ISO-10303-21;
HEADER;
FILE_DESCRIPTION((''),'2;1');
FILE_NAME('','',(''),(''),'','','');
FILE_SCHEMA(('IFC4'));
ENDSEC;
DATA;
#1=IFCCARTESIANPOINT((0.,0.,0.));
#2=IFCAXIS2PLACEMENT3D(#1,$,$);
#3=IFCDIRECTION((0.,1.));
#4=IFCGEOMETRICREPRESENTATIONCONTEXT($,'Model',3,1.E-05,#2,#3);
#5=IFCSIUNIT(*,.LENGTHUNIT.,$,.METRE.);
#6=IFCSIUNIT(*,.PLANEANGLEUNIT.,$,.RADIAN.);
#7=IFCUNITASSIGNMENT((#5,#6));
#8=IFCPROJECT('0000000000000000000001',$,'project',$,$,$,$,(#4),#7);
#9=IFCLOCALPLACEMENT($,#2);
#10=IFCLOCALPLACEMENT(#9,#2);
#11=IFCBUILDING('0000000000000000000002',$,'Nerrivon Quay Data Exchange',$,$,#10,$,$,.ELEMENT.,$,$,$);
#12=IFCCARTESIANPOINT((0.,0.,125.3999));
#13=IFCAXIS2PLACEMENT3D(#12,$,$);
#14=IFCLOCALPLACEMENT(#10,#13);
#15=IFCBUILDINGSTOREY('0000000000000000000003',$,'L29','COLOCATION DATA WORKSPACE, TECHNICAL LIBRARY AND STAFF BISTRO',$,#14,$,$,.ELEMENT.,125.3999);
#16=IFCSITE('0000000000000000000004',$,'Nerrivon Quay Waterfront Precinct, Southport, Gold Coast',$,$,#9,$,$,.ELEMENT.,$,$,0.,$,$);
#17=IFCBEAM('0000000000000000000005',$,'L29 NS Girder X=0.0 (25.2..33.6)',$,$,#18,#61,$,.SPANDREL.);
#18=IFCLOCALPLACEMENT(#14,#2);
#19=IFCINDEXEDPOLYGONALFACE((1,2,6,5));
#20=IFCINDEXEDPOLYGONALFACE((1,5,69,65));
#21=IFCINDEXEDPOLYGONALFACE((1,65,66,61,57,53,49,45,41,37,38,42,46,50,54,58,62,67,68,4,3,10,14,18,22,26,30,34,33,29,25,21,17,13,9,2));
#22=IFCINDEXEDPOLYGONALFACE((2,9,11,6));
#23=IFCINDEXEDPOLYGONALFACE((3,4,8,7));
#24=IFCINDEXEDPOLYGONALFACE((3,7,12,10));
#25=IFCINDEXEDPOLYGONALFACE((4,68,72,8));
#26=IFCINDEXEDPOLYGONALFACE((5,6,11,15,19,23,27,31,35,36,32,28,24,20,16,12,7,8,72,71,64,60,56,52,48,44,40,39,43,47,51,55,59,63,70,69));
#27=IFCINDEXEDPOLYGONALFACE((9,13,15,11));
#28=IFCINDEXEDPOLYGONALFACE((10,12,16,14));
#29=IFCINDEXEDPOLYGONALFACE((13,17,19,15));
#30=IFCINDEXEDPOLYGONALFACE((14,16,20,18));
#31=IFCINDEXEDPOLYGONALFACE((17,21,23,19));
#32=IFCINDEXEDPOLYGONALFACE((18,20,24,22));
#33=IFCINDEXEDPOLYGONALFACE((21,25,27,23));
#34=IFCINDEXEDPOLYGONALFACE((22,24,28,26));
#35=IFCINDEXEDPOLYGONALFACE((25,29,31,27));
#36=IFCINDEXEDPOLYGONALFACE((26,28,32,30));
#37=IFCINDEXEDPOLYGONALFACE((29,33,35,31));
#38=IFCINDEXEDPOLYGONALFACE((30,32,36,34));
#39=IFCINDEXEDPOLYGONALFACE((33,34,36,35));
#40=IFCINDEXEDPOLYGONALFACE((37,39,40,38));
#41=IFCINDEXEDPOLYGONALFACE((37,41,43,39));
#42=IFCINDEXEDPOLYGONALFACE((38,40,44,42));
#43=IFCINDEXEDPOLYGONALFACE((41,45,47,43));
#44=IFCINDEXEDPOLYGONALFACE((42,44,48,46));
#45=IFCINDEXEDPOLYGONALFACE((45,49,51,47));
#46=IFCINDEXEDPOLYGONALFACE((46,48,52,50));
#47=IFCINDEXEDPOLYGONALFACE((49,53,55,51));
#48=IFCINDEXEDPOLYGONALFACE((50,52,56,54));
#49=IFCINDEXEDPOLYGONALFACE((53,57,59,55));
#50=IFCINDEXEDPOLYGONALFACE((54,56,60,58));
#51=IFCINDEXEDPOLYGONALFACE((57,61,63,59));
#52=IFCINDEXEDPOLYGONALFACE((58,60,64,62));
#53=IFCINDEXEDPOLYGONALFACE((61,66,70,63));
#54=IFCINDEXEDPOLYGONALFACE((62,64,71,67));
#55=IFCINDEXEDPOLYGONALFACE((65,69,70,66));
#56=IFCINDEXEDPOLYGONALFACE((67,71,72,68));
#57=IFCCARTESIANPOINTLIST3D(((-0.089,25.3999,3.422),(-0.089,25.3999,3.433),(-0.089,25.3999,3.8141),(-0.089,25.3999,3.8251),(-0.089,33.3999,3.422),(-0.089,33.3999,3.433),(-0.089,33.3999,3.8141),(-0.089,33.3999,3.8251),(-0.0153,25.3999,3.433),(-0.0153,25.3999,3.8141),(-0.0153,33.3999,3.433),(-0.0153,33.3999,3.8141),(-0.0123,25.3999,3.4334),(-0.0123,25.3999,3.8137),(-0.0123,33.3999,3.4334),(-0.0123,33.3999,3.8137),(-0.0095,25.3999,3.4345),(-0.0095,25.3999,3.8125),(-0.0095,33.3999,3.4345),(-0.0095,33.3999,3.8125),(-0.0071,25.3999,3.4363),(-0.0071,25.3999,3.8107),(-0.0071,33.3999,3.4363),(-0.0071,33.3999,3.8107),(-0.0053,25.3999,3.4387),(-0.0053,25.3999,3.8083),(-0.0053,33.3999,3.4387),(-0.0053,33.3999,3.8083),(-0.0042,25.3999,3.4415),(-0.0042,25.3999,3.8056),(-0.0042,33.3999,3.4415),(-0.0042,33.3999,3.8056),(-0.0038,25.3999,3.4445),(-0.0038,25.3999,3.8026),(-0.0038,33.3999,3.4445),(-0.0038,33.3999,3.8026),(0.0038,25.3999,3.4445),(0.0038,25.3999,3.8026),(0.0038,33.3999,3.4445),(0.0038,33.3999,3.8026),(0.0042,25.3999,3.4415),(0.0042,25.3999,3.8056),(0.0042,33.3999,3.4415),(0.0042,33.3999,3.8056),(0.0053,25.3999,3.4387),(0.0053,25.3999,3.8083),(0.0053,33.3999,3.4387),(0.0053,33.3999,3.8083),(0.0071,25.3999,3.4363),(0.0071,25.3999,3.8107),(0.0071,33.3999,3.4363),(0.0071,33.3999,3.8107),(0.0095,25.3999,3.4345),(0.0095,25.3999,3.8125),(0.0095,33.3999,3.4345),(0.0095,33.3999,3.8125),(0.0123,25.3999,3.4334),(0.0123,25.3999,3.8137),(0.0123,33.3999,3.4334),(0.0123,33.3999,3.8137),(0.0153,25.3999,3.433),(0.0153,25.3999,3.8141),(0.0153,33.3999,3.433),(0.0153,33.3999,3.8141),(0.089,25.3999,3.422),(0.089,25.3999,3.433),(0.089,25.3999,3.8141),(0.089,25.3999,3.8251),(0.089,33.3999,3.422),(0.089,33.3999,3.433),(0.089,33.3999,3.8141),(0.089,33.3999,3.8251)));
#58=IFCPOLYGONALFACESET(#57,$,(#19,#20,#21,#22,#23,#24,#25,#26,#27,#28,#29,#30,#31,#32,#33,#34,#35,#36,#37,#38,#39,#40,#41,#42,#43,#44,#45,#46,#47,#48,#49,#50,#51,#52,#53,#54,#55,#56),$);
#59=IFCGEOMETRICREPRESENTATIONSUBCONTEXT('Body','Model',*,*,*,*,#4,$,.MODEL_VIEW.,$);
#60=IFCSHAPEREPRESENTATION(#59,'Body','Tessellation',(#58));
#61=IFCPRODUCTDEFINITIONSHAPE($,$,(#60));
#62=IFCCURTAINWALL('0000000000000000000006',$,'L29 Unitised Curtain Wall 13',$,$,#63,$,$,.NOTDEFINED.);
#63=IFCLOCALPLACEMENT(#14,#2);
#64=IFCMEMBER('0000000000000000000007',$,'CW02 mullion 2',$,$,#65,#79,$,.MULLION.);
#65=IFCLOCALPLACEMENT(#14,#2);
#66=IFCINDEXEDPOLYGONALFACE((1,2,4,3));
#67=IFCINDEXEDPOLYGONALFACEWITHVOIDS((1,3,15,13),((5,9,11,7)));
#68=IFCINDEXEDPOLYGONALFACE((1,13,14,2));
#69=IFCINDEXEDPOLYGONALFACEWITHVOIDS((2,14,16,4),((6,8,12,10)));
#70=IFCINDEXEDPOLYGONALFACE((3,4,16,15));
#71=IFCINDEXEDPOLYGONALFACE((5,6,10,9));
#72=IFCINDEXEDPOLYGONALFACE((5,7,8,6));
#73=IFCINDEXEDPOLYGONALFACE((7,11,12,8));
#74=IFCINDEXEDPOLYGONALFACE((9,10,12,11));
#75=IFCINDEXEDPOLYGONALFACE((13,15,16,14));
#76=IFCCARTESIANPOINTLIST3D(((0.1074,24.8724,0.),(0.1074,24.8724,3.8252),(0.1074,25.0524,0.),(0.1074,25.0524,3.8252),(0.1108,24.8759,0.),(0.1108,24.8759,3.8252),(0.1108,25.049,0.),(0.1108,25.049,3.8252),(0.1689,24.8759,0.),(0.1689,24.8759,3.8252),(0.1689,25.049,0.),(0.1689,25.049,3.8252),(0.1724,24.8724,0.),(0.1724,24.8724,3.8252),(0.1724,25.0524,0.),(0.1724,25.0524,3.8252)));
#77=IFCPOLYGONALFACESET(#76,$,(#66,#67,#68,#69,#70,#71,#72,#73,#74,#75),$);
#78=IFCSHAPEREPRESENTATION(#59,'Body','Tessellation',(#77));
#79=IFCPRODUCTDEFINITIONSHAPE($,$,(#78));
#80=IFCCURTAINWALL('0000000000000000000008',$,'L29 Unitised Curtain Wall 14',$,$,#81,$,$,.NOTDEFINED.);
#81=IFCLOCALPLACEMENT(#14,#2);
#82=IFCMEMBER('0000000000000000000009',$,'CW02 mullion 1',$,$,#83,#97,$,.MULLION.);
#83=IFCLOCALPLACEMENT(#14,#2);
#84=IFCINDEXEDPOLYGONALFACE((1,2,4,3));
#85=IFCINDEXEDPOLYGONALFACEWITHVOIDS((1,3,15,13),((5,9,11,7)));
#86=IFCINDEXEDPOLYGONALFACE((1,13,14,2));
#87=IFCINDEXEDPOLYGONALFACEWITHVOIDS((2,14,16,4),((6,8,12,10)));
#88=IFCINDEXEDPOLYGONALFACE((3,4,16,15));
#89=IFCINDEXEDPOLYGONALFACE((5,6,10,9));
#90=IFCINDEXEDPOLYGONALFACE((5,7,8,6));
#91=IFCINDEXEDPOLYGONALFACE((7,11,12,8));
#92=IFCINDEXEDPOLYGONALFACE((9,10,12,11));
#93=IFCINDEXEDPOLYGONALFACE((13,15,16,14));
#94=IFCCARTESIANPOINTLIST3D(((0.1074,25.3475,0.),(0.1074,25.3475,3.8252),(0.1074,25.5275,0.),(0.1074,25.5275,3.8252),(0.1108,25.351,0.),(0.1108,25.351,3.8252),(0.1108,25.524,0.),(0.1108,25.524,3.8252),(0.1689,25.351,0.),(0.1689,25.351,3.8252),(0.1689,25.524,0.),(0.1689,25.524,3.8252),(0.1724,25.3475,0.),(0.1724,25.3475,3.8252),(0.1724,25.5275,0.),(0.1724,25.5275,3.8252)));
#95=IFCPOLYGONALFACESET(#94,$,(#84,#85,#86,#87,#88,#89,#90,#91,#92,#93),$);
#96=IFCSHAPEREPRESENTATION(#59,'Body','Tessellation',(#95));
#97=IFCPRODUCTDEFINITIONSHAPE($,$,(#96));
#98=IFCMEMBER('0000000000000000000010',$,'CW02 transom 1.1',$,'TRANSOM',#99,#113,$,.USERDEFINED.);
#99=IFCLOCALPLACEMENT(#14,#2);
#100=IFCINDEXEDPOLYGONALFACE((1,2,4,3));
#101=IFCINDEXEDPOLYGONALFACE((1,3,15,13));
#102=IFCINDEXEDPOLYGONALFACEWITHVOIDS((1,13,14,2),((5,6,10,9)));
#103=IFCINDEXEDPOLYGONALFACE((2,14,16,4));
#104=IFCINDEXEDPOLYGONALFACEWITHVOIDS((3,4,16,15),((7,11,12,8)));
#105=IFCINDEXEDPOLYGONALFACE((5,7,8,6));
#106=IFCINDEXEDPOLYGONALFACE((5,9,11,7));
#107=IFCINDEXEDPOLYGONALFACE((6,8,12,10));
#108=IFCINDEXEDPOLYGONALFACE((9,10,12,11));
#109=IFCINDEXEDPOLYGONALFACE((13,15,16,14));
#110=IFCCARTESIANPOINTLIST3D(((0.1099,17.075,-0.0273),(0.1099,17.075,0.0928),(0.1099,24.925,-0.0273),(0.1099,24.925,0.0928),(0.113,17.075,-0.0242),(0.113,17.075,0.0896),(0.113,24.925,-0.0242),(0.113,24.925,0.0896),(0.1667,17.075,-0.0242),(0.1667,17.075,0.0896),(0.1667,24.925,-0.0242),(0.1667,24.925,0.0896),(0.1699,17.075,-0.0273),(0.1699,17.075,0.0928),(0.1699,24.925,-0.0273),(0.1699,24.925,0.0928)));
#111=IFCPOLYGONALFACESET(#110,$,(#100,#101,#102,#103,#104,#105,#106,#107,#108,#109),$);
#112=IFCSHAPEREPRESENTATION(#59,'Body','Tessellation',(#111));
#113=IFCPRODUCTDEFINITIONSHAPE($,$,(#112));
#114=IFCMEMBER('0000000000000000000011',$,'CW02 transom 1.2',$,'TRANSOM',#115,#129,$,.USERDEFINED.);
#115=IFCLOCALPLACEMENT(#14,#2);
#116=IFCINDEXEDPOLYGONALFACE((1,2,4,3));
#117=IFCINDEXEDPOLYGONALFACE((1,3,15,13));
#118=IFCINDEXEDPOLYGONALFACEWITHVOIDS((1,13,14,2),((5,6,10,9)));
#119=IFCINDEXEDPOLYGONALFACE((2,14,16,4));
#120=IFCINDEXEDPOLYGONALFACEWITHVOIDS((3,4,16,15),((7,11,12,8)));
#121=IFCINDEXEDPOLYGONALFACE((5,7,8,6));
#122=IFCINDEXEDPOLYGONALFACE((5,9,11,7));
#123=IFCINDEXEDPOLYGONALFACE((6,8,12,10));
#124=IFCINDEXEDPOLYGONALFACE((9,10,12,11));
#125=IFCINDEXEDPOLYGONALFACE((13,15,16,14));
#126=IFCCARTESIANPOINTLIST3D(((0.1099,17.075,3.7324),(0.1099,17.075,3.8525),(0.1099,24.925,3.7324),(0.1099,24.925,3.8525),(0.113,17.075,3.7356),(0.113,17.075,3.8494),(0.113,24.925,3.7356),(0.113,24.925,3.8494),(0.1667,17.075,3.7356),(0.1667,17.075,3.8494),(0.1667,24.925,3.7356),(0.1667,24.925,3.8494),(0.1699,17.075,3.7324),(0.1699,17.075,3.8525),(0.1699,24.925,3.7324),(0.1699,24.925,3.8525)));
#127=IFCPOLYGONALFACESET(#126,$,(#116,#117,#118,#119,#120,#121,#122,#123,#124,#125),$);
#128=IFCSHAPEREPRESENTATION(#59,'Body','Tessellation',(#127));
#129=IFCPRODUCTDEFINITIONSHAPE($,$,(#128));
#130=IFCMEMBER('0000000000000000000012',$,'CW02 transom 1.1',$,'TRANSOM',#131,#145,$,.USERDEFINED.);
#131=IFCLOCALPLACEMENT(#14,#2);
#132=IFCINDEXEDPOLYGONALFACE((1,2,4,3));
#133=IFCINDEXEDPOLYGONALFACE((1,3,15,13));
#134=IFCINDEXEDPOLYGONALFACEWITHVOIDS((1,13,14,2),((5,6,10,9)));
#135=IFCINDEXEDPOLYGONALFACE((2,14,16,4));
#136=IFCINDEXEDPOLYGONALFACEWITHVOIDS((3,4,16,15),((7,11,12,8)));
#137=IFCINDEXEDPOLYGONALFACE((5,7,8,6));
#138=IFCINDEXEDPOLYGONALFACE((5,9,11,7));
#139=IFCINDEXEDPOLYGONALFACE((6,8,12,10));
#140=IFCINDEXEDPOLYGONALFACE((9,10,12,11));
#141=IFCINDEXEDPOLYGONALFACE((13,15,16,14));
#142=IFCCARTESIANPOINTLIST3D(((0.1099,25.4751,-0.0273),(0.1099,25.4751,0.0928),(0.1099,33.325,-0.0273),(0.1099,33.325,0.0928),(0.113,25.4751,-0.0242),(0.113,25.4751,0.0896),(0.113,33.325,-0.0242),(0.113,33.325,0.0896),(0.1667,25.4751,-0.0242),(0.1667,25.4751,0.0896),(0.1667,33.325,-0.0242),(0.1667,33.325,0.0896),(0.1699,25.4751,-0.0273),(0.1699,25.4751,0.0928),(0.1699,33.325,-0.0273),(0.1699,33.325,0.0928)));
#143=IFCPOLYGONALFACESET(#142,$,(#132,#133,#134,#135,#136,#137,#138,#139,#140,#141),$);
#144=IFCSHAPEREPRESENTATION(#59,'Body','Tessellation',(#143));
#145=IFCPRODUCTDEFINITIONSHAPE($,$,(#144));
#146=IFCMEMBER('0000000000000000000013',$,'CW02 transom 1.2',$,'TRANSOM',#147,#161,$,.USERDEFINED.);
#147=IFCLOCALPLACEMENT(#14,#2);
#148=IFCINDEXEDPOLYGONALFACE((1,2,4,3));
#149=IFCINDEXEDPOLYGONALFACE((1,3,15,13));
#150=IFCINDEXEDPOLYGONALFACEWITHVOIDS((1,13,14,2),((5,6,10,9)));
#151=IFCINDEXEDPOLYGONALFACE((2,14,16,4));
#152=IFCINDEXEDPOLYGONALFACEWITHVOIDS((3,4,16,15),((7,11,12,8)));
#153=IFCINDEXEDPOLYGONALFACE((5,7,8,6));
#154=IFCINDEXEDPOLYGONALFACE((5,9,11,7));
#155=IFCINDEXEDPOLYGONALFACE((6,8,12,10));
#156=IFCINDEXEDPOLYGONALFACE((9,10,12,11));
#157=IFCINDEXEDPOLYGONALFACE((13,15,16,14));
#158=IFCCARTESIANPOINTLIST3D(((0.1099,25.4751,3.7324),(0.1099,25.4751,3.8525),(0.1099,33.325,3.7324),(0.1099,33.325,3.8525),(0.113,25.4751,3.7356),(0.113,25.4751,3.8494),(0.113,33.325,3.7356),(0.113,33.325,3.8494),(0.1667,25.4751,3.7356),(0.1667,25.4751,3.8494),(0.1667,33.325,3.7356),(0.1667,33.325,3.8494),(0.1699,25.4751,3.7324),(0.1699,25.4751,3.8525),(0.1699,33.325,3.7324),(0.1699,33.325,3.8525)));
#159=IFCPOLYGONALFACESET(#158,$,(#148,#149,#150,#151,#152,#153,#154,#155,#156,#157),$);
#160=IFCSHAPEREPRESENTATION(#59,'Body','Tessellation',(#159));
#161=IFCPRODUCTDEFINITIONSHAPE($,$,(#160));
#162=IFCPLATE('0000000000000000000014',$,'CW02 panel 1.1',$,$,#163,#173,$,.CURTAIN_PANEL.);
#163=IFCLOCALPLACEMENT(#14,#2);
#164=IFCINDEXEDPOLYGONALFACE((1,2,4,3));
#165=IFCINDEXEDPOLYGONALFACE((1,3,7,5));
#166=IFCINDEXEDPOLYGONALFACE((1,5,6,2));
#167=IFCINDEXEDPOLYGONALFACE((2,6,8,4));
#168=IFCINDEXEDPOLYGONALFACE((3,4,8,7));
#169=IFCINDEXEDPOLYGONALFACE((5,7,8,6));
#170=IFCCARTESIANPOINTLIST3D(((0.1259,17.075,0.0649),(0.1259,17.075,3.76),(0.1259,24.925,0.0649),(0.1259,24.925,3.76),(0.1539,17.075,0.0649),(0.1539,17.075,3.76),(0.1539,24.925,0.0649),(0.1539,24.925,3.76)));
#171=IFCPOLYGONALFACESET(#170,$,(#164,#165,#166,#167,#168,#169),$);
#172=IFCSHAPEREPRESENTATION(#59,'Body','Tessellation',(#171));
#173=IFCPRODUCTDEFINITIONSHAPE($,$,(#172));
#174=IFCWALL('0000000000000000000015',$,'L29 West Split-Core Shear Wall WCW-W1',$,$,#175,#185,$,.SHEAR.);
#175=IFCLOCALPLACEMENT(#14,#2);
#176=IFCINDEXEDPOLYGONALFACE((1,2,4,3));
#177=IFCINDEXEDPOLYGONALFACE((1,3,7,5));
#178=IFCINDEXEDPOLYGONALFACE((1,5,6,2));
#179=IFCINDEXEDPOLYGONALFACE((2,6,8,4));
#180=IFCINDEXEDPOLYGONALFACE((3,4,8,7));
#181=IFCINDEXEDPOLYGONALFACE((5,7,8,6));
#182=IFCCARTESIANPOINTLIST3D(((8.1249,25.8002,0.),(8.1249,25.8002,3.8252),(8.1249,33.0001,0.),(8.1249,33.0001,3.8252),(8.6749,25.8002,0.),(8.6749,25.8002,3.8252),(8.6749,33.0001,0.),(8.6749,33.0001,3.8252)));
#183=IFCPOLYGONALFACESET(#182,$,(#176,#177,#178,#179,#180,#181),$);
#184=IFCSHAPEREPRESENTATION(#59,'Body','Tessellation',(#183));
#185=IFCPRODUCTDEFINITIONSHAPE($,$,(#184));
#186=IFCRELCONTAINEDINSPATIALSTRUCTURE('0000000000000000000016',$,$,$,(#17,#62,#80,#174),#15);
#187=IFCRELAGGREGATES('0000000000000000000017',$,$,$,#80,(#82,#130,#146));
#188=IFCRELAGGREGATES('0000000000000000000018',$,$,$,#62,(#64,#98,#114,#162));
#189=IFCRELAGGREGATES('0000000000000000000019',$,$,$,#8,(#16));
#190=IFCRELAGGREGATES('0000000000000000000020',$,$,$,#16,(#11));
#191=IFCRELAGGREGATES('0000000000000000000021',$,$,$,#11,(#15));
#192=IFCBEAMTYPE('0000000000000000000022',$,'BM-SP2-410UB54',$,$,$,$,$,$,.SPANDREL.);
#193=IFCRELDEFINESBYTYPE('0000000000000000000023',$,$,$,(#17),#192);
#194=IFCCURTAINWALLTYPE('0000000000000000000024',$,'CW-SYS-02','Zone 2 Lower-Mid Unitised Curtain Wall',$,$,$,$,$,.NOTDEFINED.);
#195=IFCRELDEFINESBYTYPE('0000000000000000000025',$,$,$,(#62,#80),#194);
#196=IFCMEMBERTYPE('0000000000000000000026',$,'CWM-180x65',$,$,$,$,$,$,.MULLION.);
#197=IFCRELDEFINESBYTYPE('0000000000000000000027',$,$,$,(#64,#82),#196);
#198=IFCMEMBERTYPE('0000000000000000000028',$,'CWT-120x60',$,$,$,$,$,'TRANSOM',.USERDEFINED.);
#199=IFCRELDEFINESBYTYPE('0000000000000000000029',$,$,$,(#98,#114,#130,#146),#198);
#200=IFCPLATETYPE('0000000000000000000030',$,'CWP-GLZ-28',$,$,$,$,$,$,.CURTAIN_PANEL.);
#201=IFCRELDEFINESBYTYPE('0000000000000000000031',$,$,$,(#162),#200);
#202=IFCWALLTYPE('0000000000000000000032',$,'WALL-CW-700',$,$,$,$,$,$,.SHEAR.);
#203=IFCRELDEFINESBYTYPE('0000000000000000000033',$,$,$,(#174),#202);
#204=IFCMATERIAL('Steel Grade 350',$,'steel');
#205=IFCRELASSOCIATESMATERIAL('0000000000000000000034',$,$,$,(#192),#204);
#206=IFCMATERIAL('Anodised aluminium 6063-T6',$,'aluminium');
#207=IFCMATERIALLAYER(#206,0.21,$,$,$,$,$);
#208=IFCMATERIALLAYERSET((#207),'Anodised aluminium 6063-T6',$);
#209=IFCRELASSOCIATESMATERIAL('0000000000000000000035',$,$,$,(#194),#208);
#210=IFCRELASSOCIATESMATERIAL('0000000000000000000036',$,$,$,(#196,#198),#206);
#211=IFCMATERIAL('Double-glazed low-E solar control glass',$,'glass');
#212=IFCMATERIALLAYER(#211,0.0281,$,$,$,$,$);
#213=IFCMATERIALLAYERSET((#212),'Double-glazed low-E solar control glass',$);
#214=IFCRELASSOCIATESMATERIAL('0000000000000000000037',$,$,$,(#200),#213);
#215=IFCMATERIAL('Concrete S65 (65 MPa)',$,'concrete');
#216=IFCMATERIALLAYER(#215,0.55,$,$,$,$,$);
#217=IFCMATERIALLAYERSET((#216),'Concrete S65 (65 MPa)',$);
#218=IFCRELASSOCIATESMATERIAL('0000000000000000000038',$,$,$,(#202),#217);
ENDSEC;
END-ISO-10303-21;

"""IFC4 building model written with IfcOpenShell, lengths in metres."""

from ifc_helpers import new_model, si_unit, direction, frame, frame_2d, origin, origin_2d, place, context, subcontext, project, spatial, rectangle, hollow_rectangle, i_section, extrude, material, layer, layer_set, material_profile, profile_set, type_object, element, aggregate, save


model = new_model("IFC4")

# Units and contexts
model_context = context("Model", 3, precision=1e-05, world=origin(), true_north=direction((0.0, 1.0)))
body_context = subcontext(model_context, "Body", "Model", "MODEL_VIEW")
ifc_project = project(units=[si_unit("LENGTHUNIT", "METRE"), si_unit("PLANEANGLEUNIT", "RADIAN")], contexts=[model_context])

# Site, building, storey
site_placement = place(None, origin())
site = spatial("IfcSite", under=ifc_project, at=site_placement, Name="Nerrivon Quay Waterfront Precinct, Southport, Gold Coast", CompositionType="ELEMENT", RefElevation=0.0)
building_placement = place(site_placement, origin())
building = spatial("IfcBuilding", under=site, at=building_placement, Name="Nerrivon Quay Data Exchange", CompositionType="ELEMENT")
storey_placement = place(building_placement, frame((0.0, 0.0, 125.3999)))
storey = spatial("IfcBuildingStorey", under=building, at=storey_placement, Name="L29", Description="COLOCATION DATA WORKSPACE, TECHNICAL LIBRARY AND STAFF BISTRO", CompositionType="ELEMENT", Elevation=125.3999)

# Shared definitions
ifc_material_1 = material(Name="Concrete S65 (65 MPa)", Category="concrete")
ifc_material_2 = material(Name="Steel Grade 350", Category="steel")

# Beam
ifc_material_profile_1 = material_profile(ifc_material_2, i_section(OverallWidth=0.178, OverallDepth=0.4031, WebThickness=0.0076, FlangeThickness=0.011, FilletRadius=0.0115, at=origin_2d()), Name="410UB53.7")
ifc_profile_set_1 = profile_set([ifc_material_profile_1], Name="Steel Grade 350")
beam_type_1 = type_object("IfcBeamType", Name="BM-SP2-410UB54", PredefinedType="SPANDREL", material=ifc_profile_set_1)
beam_1_placement = place(storey_placement, frame((0.0, 25.3999, 3.6235), z_axis=(0.0, 1.0, 0.0), x_axis=(-1.0, 0.0, 0.0)))
element("IfcBeam", 1, at=beam_1_placement, inside=storey, type_object=beam_type_1, Name="L29 NS Girder X=0.0 (25.2..33.6)", PredefinedType="SPANDREL", context=body_context, shape_type="SweptSolid", body=[
    extrude(i_section(OverallWidth=0.178, OverallDepth=0.4031, WebThickness=0.0076, FlangeThickness=0.011, FilletRadius=0.0115, at=origin_2d()), origin(), (0.0, 0.0, 1.0), 8.0),
])

# Curtain walls, members
ifc_material_3 = material(Name="Anodised aluminium 6063-T6", Category="aluminium")
ifc_layer_1 = layer(ifc_material_3, 0.21)
ifc_layer_set_1 = layer_set([ifc_layer_1], Name="Anodised aluminium 6063-T6")
curtain_wall_type = type_object("IfcCurtainWallType", Name="CW-SYS-02", Description="Zone 2 Lower-Mid Unitised Curtain Wall", PredefinedType="NOTDEFINED", material=ifc_layer_set_1)
curtain_wall_1_placement = place(storey_placement, origin())
curtain_wall_1 = element("IfcCurtainWall", 2, at=curtain_wall_1_placement, inside=storey, type_object=curtain_wall_type, Name="L29 Unitised Curtain Wall 13", PredefinedType="NOTDEFINED")
ifc_material_profile_2 = material_profile(ifc_material_3, hollow_rectangle(XDim=0.0649, YDim=0.1799, WallThickness=0.0034, at=origin_2d()), Name="ALU-MULL-180x65")
ifc_profile_set_2 = profile_set([ifc_material_profile_2], Name="Anodised aluminium 6063-T6")
member_type_1 = type_object("IfcMemberType", Name="CWM-180x65", PredefinedType="MULLION", material=ifc_profile_set_2)
member_1_placement = place(storey_placement, frame((0.1399, 24.9624, 0.0), z_axis=(0.0, 0.0, 1.0), x_axis=(-1.0, 0.0, 0.0)))
member_1 = element("IfcMember", 3, at=member_1_placement, type_object=member_type_1, Name="CW02 mullion 2", PredefinedType="MULLION", context=body_context, shape_type="SweptSolid", body=[
    extrude(hollow_rectangle(XDim=0.0649, YDim=0.1799, WallThickness=0.0034, at=origin_2d()), origin(), (0.0, 0.0, 1.0), 3.8252),
])
curtain_wall_2_placement = place(storey_placement, origin())
curtain_wall_2 = element("IfcCurtainWall", 4, at=curtain_wall_2_placement, inside=storey, type_object=curtain_wall_type, Name="L29 Unitised Curtain Wall 14", PredefinedType="NOTDEFINED")
member_2_placement = place(storey_placement, frame((0.1399, 25.4375, 0.0), z_axis=(0.0, 0.0, 1.0), x_axis=(-1.0, 0.0, 0.0)))
member_2 = element("IfcMember", 5, at=member_2_placement, type_object=member_type_1, Name="CW02 mullion 1", PredefinedType="MULLION", context=body_context, shape_type="SweptSolid", body=[
    extrude(hollow_rectangle(XDim=0.0649, YDim=0.1799, WallThickness=0.0034, at=origin_2d()), origin(), (0.0, 0.0, 1.0), 3.8252),
])

# Members
ifc_material_profile_3 = material_profile(ifc_material_3, hollow_rectangle(XDim=0.0601, YDim=0.1201, WallThickness=0.0032, at=origin_2d()), Name="ALU-TRAN-120x60")
ifc_profile_set_3 = profile_set([ifc_material_profile_3], Name="Anodised aluminium 6063-T6")
member_type_2 = type_object("IfcMemberType", Name="CWT-120x60", ElementType="TRANSOM", PredefinedType="USERDEFINED", material=ifc_profile_set_3)
member_3_placement = place(storey_placement, frame((0.1399, 17.075, 0.0327), z_axis=(0.0, 1.0, 0.0), x_axis=(-1.0, 0.0, 0.0)))
member_3 = element("IfcMember", 6, at=member_3_placement, type_object=member_type_2, Name="CW02 transom 1.1", ObjectType="TRANSOM", PredefinedType="USERDEFINED", context=body_context, shape_type="SweptSolid", body=[
    extrude(hollow_rectangle(XDim=0.0601, YDim=0.1201, WallThickness=0.0032, at=origin_2d()), origin(), (0.0, 0.0, 1.0), 7.8501),
])
member_4_placement = place(storey_placement, frame((0.1399, 17.075, 3.7925), z_axis=(0.0, 1.0, 0.0), x_axis=(-1.0, 0.0, 0.0)))
member_4 = element("IfcMember", 7, at=member_4_placement, type_object=member_type_2, Name="CW02 transom 1.2", ObjectType="TRANSOM", PredefinedType="USERDEFINED", context=body_context, shape_type="SweptSolid", body=[
    extrude(hollow_rectangle(XDim=0.0601, YDim=0.1201, WallThickness=0.0032, at=origin_2d()), origin(), (0.0, 0.0, 1.0), 7.8501),
])
member_5_placement = place(storey_placement, frame((0.1399, 25.4751, 0.0327), z_axis=(0.0, 1.0, 0.0), x_axis=(-1.0, 0.0, 0.0)))
member_5 = element("IfcMember", 8, at=member_5_placement, type_object=member_type_2, Name="CW02 transom 1.1", ObjectType="TRANSOM", PredefinedType="USERDEFINED", context=body_context, shape_type="SweptSolid", body=[
    extrude(hollow_rectangle(XDim=0.0601, YDim=0.1201, WallThickness=0.0032, at=origin_2d()), origin(), (0.0, 0.0, 1.0), 7.8499),
])
member_6_placement = place(storey_placement, frame((0.1399, 25.4751, 3.7925), z_axis=(0.0, 1.0, 0.0), x_axis=(-1.0, 0.0, 0.0)))
member_6 = element("IfcMember", 9, at=member_6_placement, type_object=member_type_2, Name="CW02 transom 1.2", ObjectType="TRANSOM", PredefinedType="USERDEFINED", context=body_context, shape_type="SweptSolid", body=[
    extrude(hollow_rectangle(XDim=0.0601, YDim=0.1201, WallThickness=0.0032, at=origin_2d()), origin(), (0.0, 0.0, 1.0), 7.8499),
])
aggregate(curtain_wall_2, [member_2, member_5, member_6])

# Plate
ifc_material_4 = material(Name="Double-glazed low-E solar control glass", Category="glass")
ifc_layer_2 = layer(ifc_material_4, 0.0281)
ifc_layer_set_2 = layer_set([ifc_layer_2], Name="Double-glazed low-E solar control glass")
plate_type = type_object("IfcPlateType", Name="CWP-GLZ-28", PredefinedType="CURTAIN_PANEL", material=ifc_layer_set_2)
plate_placement = place(storey_placement, frame((0.1399, 21.0, 0.0649), z_axis=(0.0, 0.0, 1.0), x_axis=(0.0, 1.0, 0.0)))
plate = element("IfcPlate", 10, at=plate_placement, type_object=plate_type, Name="CW02 panel 1.1", PredefinedType="CURTAIN_PANEL", context=body_context, shape_type="SweptSolid", body=[
    extrude(rectangle(XDim=7.8501, YDim=0.0281, at=origin_2d()), origin(), (0.0, 0.0, 1.0), 3.6951),
])
aggregate(curtain_wall_1, [member_1, member_3, member_4, plate])

# Wall
ifc_layer_3 = layer(ifc_material_1, 0.55)
ifc_layer_set_3 = layer_set([ifc_layer_3], Name="Concrete S65 (65 MPa)")
wall_type_1 = type_object("IfcWallType", Name="WALL-CW-700", PredefinedType="SHEAR", material=ifc_layer_set_3)
wall_1_placement = place(storey_placement, frame((8.3999, 25.8, 0.0), z_axis=(0.0, 0.0, 1.0), x_axis=(0.0, 1.0, 0.0)))
element("IfcWall", 11, at=wall_1_placement, inside=storey, type_object=wall_type_1, Name="L29 West Split-Core Shear Wall WCW-W1", PredefinedType="SHEAR", context=body_context, shape_type="SweptSolid", body=[
    extrude(rectangle(XDim=7.2, YDim=0.55, at=frame_2d((3.6001, 0.0))), origin(), (0.0, 0.0, 1.0), 3.8252),
])

save(model, "model.ifc")
